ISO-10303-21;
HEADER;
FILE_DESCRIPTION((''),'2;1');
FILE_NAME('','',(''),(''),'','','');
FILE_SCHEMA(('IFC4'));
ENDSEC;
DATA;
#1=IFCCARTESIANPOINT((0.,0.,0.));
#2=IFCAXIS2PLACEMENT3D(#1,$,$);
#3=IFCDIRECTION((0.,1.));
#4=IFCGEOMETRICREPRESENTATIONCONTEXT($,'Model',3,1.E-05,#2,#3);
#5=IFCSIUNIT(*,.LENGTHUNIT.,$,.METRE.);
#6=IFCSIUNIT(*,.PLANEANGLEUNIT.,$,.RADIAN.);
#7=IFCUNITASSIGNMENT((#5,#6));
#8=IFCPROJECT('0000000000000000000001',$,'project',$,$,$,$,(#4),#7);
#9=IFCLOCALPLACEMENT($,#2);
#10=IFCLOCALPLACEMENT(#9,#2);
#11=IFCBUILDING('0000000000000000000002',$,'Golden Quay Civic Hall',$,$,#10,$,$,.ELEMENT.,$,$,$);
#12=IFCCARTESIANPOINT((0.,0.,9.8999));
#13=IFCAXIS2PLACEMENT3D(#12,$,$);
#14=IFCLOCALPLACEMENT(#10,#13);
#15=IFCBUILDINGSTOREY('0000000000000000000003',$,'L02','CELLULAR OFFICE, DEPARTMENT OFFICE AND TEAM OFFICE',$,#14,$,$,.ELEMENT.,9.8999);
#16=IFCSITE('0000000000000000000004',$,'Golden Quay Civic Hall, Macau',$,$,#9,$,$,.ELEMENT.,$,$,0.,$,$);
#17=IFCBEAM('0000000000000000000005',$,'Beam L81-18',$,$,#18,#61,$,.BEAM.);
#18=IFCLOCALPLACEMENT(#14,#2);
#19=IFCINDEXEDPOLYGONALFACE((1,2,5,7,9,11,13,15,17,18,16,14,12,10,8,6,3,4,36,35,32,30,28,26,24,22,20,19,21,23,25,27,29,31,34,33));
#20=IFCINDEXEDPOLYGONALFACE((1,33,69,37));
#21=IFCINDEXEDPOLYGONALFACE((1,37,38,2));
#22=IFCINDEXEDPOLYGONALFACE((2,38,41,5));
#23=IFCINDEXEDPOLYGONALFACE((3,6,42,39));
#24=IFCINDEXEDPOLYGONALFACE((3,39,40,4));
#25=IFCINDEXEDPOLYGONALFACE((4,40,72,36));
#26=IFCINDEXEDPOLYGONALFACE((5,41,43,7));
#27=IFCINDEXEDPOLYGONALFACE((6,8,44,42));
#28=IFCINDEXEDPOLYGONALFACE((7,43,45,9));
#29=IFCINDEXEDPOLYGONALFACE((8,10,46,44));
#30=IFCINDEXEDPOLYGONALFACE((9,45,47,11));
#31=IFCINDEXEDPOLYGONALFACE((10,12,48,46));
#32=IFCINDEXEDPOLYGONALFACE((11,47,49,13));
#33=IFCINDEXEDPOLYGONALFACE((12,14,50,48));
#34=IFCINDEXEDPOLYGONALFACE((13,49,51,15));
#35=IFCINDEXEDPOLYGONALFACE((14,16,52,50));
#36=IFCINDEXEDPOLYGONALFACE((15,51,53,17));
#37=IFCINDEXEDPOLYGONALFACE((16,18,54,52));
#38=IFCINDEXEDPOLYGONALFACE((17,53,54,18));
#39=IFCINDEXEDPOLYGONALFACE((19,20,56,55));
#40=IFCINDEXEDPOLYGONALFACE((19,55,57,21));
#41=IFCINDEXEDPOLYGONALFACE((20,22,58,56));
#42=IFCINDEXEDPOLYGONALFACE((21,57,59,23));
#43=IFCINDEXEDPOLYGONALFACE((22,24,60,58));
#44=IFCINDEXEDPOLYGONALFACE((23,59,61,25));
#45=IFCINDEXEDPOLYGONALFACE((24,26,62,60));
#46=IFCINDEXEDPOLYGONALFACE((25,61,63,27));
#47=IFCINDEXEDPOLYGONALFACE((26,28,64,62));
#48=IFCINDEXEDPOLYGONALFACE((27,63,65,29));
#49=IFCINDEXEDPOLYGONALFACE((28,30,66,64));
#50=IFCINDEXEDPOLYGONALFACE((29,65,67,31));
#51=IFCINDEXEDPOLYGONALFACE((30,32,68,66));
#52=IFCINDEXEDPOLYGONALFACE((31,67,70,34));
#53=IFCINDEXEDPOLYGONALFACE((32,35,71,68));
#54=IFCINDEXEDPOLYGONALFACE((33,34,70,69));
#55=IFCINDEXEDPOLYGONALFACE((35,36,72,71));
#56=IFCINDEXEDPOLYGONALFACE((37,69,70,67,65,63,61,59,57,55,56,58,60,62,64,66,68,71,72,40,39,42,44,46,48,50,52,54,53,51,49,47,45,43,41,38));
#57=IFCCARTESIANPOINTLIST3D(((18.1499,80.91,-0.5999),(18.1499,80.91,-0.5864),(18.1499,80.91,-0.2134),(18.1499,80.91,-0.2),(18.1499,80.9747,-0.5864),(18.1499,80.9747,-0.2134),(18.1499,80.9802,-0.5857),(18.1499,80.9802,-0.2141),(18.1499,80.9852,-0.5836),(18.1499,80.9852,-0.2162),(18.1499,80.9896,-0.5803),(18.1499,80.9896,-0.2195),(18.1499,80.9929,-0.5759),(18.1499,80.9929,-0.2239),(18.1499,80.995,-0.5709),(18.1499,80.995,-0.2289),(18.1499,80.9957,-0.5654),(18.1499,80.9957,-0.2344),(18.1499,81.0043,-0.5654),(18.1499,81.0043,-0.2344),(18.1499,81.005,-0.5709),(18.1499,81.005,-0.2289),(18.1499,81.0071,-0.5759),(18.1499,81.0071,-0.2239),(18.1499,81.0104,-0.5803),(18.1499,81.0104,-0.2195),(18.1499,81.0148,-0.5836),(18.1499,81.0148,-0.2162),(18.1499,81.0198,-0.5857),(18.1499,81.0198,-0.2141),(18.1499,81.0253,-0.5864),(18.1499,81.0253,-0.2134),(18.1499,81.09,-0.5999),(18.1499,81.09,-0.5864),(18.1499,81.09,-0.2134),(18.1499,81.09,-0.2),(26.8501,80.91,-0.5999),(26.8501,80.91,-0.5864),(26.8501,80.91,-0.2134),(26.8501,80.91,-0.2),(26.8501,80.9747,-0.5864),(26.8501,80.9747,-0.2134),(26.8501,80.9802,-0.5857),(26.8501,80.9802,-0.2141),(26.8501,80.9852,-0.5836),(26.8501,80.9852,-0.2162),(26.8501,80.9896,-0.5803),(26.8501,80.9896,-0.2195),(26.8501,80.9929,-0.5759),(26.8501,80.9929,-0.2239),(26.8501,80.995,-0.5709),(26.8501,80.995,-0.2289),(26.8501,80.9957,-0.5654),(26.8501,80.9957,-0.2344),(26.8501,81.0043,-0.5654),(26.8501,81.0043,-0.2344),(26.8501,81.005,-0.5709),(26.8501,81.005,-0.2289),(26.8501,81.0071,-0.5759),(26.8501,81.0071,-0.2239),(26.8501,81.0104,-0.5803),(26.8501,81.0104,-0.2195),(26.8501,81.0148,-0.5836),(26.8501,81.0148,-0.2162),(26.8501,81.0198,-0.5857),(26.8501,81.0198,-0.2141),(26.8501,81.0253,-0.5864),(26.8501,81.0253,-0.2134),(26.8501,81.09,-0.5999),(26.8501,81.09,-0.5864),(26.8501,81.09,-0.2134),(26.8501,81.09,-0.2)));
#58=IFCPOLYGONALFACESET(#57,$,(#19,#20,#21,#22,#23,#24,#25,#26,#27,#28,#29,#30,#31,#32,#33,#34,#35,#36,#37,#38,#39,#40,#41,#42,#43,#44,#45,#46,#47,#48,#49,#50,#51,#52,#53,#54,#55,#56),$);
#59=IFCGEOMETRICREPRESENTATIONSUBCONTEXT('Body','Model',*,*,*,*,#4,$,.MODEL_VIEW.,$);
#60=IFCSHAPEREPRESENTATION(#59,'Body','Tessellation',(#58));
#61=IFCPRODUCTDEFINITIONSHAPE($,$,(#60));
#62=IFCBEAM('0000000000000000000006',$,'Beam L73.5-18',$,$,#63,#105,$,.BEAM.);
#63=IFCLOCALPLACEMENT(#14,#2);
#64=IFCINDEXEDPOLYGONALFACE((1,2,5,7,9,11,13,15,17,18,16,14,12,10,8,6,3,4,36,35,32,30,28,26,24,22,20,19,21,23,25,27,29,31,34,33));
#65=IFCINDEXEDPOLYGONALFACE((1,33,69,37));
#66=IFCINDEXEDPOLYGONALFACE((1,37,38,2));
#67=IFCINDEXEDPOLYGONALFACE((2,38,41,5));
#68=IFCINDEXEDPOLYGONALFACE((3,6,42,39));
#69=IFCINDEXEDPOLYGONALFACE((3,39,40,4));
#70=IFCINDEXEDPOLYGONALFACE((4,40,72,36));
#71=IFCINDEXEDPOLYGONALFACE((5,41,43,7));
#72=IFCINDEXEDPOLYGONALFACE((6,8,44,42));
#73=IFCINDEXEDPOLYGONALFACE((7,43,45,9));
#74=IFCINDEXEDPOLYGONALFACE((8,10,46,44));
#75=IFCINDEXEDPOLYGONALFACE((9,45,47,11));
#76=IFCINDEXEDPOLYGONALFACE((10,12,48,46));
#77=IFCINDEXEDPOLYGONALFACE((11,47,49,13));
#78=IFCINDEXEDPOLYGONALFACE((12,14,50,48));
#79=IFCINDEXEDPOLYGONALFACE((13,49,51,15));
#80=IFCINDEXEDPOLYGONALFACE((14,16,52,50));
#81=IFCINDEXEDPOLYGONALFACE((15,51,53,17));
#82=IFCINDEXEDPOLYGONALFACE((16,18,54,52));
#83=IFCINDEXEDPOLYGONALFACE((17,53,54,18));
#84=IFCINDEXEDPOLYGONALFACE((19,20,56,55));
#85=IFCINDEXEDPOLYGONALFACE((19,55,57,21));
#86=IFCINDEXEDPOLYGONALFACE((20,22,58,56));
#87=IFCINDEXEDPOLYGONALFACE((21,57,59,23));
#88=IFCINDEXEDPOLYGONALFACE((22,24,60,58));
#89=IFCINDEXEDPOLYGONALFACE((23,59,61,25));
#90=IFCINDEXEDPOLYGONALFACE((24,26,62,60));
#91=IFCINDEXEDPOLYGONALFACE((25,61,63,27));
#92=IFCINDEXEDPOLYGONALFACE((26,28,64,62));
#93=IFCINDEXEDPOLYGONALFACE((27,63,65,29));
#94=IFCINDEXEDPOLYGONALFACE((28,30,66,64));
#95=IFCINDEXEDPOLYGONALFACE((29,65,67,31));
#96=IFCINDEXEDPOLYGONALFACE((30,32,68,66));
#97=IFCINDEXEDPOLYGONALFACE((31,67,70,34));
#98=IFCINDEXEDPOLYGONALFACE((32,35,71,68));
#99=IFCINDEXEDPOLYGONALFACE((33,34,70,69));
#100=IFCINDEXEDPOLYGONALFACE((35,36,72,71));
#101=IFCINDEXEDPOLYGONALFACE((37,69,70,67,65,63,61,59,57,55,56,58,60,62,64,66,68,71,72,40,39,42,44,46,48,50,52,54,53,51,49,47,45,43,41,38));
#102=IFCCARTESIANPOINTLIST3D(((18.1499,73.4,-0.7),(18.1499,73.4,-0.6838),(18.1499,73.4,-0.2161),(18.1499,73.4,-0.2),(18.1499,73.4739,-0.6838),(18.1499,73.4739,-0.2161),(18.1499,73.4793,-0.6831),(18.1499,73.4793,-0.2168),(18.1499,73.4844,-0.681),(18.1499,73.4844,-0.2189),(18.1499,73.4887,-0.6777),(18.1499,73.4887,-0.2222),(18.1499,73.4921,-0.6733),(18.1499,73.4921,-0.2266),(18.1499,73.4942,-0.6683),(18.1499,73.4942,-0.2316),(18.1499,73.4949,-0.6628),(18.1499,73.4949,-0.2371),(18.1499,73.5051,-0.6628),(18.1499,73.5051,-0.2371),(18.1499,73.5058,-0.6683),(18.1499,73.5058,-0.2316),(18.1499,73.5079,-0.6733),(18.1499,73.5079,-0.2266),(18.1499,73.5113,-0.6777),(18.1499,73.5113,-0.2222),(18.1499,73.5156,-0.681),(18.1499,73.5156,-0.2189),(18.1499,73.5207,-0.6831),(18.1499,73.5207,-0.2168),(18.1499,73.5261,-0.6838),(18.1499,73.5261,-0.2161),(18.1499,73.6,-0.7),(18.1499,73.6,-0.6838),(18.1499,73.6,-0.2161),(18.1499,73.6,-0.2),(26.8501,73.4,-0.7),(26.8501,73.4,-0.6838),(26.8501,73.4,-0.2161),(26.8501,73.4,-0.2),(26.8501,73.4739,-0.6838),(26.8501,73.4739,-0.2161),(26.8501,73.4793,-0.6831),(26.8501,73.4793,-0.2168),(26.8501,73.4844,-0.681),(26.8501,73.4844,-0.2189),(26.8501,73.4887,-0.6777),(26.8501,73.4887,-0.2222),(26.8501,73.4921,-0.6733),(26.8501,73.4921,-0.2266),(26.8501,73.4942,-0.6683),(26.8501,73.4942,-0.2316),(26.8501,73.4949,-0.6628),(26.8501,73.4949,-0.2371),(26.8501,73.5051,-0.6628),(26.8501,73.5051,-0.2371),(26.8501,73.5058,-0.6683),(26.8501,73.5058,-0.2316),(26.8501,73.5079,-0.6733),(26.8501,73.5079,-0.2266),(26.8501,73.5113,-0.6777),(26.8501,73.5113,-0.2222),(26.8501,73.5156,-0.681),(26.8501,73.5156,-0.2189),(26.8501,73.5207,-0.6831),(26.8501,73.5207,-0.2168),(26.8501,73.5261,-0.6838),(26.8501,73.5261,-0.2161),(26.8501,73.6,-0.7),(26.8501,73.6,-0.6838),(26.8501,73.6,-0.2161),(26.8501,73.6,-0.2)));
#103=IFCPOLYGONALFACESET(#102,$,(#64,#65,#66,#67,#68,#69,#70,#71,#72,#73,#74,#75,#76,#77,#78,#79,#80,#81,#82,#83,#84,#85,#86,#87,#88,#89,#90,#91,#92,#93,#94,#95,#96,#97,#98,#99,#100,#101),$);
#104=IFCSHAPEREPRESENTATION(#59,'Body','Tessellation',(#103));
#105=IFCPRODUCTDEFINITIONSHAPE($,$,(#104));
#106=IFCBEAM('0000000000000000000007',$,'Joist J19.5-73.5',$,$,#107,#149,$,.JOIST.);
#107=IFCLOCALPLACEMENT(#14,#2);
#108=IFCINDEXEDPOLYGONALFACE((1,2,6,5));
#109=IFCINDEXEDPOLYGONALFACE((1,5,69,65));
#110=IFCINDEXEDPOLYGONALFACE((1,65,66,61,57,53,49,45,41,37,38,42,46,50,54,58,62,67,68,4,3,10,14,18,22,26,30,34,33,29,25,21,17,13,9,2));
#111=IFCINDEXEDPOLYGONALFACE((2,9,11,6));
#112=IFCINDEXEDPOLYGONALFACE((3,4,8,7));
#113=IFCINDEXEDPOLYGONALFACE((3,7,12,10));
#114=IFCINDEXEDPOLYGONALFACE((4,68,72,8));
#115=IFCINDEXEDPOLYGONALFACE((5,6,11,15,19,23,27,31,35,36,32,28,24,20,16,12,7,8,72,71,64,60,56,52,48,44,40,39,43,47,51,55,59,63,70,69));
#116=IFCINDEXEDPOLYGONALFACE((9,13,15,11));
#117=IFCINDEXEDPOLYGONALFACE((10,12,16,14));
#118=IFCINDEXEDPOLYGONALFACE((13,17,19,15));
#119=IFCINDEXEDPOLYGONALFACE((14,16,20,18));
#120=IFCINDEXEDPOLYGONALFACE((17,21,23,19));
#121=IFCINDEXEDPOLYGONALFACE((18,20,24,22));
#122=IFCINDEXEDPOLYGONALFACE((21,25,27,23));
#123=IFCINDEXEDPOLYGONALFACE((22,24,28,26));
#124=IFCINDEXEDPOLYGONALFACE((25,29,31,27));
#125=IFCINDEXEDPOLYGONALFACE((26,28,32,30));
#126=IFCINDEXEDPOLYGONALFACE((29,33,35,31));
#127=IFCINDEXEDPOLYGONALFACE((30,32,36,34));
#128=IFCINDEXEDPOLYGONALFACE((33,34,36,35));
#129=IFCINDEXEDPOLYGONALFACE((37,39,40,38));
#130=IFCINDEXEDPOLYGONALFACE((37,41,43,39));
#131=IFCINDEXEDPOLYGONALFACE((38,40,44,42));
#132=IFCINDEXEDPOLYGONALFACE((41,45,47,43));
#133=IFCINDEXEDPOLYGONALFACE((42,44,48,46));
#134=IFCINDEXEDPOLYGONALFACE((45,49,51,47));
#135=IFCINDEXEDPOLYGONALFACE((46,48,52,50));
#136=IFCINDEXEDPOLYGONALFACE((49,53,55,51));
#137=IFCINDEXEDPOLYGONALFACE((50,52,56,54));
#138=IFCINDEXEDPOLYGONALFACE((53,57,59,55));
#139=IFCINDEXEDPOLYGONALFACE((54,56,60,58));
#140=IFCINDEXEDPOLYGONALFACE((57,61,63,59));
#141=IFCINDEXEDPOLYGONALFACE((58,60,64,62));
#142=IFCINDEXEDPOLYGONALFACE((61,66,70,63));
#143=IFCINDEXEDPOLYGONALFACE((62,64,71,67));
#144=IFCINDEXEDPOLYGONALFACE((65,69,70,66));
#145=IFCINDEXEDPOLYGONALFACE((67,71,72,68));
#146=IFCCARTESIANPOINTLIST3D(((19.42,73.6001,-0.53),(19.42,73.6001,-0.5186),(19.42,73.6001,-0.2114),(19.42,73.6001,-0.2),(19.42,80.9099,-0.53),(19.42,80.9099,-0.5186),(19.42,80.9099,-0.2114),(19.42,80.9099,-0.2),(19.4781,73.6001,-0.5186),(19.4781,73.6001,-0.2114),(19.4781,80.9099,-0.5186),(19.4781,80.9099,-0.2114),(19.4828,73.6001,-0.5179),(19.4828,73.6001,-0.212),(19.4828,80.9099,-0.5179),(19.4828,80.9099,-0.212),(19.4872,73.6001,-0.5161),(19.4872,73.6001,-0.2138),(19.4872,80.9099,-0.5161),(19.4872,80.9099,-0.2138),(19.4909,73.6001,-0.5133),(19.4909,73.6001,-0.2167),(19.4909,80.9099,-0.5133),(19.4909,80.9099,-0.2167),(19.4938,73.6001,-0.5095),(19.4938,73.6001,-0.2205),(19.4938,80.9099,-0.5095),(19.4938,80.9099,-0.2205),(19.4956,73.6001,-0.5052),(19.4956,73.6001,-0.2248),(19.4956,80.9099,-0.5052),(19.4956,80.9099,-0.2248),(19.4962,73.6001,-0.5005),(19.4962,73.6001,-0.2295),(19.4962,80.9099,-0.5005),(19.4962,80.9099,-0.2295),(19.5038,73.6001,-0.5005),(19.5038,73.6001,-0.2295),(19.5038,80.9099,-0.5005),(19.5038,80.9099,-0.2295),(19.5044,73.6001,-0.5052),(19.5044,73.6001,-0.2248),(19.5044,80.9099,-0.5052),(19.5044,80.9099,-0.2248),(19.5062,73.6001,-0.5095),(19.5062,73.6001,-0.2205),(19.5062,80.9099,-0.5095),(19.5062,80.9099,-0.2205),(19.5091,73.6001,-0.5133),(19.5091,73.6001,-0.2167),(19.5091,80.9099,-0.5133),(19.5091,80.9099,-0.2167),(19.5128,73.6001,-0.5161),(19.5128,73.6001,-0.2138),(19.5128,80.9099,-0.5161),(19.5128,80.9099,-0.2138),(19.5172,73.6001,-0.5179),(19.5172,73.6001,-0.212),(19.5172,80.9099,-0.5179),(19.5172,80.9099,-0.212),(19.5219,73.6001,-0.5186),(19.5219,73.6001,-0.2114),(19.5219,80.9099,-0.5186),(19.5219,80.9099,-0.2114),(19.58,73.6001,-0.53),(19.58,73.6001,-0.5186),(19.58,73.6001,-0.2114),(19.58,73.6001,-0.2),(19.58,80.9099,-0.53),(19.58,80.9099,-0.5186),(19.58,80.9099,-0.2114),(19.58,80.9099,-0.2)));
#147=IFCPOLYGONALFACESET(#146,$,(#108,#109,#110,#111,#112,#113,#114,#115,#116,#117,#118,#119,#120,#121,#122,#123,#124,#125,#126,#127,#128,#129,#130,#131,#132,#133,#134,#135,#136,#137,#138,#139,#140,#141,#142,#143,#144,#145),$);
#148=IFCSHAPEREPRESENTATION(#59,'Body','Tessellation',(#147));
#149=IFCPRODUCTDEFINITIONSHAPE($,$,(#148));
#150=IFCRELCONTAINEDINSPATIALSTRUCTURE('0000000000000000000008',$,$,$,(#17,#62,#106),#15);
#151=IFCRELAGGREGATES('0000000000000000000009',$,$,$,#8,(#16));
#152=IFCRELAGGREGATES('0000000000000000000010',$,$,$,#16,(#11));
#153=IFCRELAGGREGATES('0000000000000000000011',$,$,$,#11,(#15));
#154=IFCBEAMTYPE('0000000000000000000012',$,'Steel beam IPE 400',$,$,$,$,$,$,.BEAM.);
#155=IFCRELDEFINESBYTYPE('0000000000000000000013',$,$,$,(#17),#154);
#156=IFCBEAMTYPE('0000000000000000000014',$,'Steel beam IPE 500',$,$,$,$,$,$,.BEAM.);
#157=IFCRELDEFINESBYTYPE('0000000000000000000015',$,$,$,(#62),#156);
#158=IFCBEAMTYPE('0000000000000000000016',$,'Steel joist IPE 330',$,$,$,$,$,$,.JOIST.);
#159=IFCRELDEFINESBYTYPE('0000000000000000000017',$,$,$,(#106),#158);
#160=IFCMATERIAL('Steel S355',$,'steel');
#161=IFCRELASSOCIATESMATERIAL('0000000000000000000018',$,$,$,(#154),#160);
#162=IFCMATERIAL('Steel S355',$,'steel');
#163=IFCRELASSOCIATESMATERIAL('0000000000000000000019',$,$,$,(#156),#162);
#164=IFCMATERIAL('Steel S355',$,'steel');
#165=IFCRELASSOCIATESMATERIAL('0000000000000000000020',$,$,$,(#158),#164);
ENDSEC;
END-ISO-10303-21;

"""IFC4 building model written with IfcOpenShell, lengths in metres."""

from ifc_helpers import new_model, si_unit, direction, frame, origin, origin_2d, place, context, subcontext, project, spatial, i_section, extrude, material, material_profile, profile_set, type_object, element, save


model = new_model("IFC4")

# Units and contexts
model_context = context("Model", 3, precision=1e-05, world=origin(), true_north=direction((0.0, 1.0)))
body_context = subcontext(model_context, "Body", "Model", "MODEL_VIEW")
ifc_project = project(units=[si_unit("LENGTHUNIT", "METRE"), si_unit("PLANEANGLEUNIT", "RADIAN")], contexts=[model_context])

# Site, building, storey
site_placement = place(None, origin())
site = spatial("IfcSite", under=ifc_project, at=site_placement, Name="Golden Quay Civic Hall, Macau", CompositionType="ELEMENT", RefElevation=0.0)
building_placement = place(site_placement, origin())
building = spatial("IfcBuilding", under=site, at=building_placement, Name="Golden Quay Civic Hall", CompositionType="ELEMENT")
storey_placement = place(building_placement, frame((0.0, 0.0, 9.8999)))
storey = spatial("IfcBuildingStorey", under=building, at=storey_placement, Name="L02", Description="CELLULAR OFFICE, DEPARTMENT OFFICE AND TEAM OFFICE", CompositionType="ELEMENT", Elevation=9.8999)

# Beams
ifc_material_1 = material(Name="Steel S355", Category="steel")
ifc_material_profile_1 = material_profile(ifc_material_1, i_section(OverallWidth=0.1799, OverallDepth=0.3999, WebThickness=0.0085, FlangeThickness=0.0134, FilletRadius=0.021, at=origin_2d()), Name="IPE 400")
ifc_profile_set_1 = profile_set([ifc_material_profile_1], Name="Steel S355")
beam_type_1 = type_object("IfcBeamType", Name="Steel beam IPE 400", PredefinedType="BEAM", material=ifc_profile_set_1)
beam_1_placement = place(storey_placement, frame((18.1499, 81.0, -0.3999), z_axis=(1.0, 0.0, 0.0), x_axis=(0.0, 1.0, 0.0)))
element("IfcBeam", 1, at=beam_1_placement, inside=storey, type_object=beam_type_1, Name="Beam L81-18", PredefinedType="BEAM", context=body_context, shape_type="SweptSolid", body=[
    extrude(i_section(OverallWidth=0.1799, OverallDepth=0.3999, WebThickness=0.0085, FlangeThickness=0.0134, FilletRadius=0.021, at=origin_2d()), origin(), (0.0, 0.0, 1.0), 8.7002),
])
ifc_material_2 = material(Name="Steel S355", Category="steel")
ifc_material_profile_2 = material_profile(ifc_material_2, i_section(OverallWidth=0.2, OverallDepth=0.5, WebThickness=0.0103, FlangeThickness=0.0161, FilletRadius=0.021, at=origin_2d()), Name="IPE 500")
ifc_profile_set_2 = profile_set([ifc_material_profile_2], Name="Steel S355")
beam_type_2 = type_object("IfcBeamType", Name="Steel beam IPE 500", PredefinedType="BEAM", material=ifc_profile_set_2)
beam_2_placement = place(storey_placement, frame((18.1499, 73.5, -0.45), z_axis=(1.0, 0.0, 0.0), x_axis=(0.0, 1.0, 0.0)))
element("IfcBeam", 2, at=beam_2_placement, inside=storey, type_object=beam_type_2, Name="Beam L73.5-18", PredefinedType="BEAM", context=body_context, shape_type="SweptSolid", body=[
    extrude(i_section(OverallWidth=0.2, OverallDepth=0.5, WebThickness=0.0103, FlangeThickness=0.0161, FilletRadius=0.021, at=origin_2d()), origin(), (0.0, 0.0, 1.0), 8.7002),
])
ifc_material_3 = material(Name="Steel S355", Category="steel")
ifc_material_profile_3 = material_profile(ifc_material_3, i_section(OverallWidth=0.1599, OverallDepth=0.3301, WebThickness=0.0076, FlangeThickness=0.0115, FilletRadius=0.0181, at=origin_2d()), Name="IPE 330")
ifc_profile_set_3 = profile_set([ifc_material_profile_3], Name="Steel S355")
beam_type_3 = type_object("IfcBeamType", Name="Steel joist IPE 330", PredefinedType="JOIST", material=ifc_profile_set_3)
beam_3_placement = place(storey_placement, frame((19.5, 73.6001, -0.365), z_axis=(0.0, 1.0, 0.0), x_axis=(-1.0, 0.0, 0.0)))
element("IfcBeam", 3, at=beam_3_placement, inside=storey, type_object=beam_type_3, Name="Joist J19.5-73.5", PredefinedType="JOIST", context=body_context, shape_type="SweptSolid", body=[
    extrude(i_section(OverallWidth=0.1599, OverallDepth=0.3301, WebThickness=0.0076, FlangeThickness=0.0115, FilletRadius=0.0181, at=origin_2d()), origin(), (0.0, 0.0, 1.0), 7.3098),
])

save(model, "model.ifc")
